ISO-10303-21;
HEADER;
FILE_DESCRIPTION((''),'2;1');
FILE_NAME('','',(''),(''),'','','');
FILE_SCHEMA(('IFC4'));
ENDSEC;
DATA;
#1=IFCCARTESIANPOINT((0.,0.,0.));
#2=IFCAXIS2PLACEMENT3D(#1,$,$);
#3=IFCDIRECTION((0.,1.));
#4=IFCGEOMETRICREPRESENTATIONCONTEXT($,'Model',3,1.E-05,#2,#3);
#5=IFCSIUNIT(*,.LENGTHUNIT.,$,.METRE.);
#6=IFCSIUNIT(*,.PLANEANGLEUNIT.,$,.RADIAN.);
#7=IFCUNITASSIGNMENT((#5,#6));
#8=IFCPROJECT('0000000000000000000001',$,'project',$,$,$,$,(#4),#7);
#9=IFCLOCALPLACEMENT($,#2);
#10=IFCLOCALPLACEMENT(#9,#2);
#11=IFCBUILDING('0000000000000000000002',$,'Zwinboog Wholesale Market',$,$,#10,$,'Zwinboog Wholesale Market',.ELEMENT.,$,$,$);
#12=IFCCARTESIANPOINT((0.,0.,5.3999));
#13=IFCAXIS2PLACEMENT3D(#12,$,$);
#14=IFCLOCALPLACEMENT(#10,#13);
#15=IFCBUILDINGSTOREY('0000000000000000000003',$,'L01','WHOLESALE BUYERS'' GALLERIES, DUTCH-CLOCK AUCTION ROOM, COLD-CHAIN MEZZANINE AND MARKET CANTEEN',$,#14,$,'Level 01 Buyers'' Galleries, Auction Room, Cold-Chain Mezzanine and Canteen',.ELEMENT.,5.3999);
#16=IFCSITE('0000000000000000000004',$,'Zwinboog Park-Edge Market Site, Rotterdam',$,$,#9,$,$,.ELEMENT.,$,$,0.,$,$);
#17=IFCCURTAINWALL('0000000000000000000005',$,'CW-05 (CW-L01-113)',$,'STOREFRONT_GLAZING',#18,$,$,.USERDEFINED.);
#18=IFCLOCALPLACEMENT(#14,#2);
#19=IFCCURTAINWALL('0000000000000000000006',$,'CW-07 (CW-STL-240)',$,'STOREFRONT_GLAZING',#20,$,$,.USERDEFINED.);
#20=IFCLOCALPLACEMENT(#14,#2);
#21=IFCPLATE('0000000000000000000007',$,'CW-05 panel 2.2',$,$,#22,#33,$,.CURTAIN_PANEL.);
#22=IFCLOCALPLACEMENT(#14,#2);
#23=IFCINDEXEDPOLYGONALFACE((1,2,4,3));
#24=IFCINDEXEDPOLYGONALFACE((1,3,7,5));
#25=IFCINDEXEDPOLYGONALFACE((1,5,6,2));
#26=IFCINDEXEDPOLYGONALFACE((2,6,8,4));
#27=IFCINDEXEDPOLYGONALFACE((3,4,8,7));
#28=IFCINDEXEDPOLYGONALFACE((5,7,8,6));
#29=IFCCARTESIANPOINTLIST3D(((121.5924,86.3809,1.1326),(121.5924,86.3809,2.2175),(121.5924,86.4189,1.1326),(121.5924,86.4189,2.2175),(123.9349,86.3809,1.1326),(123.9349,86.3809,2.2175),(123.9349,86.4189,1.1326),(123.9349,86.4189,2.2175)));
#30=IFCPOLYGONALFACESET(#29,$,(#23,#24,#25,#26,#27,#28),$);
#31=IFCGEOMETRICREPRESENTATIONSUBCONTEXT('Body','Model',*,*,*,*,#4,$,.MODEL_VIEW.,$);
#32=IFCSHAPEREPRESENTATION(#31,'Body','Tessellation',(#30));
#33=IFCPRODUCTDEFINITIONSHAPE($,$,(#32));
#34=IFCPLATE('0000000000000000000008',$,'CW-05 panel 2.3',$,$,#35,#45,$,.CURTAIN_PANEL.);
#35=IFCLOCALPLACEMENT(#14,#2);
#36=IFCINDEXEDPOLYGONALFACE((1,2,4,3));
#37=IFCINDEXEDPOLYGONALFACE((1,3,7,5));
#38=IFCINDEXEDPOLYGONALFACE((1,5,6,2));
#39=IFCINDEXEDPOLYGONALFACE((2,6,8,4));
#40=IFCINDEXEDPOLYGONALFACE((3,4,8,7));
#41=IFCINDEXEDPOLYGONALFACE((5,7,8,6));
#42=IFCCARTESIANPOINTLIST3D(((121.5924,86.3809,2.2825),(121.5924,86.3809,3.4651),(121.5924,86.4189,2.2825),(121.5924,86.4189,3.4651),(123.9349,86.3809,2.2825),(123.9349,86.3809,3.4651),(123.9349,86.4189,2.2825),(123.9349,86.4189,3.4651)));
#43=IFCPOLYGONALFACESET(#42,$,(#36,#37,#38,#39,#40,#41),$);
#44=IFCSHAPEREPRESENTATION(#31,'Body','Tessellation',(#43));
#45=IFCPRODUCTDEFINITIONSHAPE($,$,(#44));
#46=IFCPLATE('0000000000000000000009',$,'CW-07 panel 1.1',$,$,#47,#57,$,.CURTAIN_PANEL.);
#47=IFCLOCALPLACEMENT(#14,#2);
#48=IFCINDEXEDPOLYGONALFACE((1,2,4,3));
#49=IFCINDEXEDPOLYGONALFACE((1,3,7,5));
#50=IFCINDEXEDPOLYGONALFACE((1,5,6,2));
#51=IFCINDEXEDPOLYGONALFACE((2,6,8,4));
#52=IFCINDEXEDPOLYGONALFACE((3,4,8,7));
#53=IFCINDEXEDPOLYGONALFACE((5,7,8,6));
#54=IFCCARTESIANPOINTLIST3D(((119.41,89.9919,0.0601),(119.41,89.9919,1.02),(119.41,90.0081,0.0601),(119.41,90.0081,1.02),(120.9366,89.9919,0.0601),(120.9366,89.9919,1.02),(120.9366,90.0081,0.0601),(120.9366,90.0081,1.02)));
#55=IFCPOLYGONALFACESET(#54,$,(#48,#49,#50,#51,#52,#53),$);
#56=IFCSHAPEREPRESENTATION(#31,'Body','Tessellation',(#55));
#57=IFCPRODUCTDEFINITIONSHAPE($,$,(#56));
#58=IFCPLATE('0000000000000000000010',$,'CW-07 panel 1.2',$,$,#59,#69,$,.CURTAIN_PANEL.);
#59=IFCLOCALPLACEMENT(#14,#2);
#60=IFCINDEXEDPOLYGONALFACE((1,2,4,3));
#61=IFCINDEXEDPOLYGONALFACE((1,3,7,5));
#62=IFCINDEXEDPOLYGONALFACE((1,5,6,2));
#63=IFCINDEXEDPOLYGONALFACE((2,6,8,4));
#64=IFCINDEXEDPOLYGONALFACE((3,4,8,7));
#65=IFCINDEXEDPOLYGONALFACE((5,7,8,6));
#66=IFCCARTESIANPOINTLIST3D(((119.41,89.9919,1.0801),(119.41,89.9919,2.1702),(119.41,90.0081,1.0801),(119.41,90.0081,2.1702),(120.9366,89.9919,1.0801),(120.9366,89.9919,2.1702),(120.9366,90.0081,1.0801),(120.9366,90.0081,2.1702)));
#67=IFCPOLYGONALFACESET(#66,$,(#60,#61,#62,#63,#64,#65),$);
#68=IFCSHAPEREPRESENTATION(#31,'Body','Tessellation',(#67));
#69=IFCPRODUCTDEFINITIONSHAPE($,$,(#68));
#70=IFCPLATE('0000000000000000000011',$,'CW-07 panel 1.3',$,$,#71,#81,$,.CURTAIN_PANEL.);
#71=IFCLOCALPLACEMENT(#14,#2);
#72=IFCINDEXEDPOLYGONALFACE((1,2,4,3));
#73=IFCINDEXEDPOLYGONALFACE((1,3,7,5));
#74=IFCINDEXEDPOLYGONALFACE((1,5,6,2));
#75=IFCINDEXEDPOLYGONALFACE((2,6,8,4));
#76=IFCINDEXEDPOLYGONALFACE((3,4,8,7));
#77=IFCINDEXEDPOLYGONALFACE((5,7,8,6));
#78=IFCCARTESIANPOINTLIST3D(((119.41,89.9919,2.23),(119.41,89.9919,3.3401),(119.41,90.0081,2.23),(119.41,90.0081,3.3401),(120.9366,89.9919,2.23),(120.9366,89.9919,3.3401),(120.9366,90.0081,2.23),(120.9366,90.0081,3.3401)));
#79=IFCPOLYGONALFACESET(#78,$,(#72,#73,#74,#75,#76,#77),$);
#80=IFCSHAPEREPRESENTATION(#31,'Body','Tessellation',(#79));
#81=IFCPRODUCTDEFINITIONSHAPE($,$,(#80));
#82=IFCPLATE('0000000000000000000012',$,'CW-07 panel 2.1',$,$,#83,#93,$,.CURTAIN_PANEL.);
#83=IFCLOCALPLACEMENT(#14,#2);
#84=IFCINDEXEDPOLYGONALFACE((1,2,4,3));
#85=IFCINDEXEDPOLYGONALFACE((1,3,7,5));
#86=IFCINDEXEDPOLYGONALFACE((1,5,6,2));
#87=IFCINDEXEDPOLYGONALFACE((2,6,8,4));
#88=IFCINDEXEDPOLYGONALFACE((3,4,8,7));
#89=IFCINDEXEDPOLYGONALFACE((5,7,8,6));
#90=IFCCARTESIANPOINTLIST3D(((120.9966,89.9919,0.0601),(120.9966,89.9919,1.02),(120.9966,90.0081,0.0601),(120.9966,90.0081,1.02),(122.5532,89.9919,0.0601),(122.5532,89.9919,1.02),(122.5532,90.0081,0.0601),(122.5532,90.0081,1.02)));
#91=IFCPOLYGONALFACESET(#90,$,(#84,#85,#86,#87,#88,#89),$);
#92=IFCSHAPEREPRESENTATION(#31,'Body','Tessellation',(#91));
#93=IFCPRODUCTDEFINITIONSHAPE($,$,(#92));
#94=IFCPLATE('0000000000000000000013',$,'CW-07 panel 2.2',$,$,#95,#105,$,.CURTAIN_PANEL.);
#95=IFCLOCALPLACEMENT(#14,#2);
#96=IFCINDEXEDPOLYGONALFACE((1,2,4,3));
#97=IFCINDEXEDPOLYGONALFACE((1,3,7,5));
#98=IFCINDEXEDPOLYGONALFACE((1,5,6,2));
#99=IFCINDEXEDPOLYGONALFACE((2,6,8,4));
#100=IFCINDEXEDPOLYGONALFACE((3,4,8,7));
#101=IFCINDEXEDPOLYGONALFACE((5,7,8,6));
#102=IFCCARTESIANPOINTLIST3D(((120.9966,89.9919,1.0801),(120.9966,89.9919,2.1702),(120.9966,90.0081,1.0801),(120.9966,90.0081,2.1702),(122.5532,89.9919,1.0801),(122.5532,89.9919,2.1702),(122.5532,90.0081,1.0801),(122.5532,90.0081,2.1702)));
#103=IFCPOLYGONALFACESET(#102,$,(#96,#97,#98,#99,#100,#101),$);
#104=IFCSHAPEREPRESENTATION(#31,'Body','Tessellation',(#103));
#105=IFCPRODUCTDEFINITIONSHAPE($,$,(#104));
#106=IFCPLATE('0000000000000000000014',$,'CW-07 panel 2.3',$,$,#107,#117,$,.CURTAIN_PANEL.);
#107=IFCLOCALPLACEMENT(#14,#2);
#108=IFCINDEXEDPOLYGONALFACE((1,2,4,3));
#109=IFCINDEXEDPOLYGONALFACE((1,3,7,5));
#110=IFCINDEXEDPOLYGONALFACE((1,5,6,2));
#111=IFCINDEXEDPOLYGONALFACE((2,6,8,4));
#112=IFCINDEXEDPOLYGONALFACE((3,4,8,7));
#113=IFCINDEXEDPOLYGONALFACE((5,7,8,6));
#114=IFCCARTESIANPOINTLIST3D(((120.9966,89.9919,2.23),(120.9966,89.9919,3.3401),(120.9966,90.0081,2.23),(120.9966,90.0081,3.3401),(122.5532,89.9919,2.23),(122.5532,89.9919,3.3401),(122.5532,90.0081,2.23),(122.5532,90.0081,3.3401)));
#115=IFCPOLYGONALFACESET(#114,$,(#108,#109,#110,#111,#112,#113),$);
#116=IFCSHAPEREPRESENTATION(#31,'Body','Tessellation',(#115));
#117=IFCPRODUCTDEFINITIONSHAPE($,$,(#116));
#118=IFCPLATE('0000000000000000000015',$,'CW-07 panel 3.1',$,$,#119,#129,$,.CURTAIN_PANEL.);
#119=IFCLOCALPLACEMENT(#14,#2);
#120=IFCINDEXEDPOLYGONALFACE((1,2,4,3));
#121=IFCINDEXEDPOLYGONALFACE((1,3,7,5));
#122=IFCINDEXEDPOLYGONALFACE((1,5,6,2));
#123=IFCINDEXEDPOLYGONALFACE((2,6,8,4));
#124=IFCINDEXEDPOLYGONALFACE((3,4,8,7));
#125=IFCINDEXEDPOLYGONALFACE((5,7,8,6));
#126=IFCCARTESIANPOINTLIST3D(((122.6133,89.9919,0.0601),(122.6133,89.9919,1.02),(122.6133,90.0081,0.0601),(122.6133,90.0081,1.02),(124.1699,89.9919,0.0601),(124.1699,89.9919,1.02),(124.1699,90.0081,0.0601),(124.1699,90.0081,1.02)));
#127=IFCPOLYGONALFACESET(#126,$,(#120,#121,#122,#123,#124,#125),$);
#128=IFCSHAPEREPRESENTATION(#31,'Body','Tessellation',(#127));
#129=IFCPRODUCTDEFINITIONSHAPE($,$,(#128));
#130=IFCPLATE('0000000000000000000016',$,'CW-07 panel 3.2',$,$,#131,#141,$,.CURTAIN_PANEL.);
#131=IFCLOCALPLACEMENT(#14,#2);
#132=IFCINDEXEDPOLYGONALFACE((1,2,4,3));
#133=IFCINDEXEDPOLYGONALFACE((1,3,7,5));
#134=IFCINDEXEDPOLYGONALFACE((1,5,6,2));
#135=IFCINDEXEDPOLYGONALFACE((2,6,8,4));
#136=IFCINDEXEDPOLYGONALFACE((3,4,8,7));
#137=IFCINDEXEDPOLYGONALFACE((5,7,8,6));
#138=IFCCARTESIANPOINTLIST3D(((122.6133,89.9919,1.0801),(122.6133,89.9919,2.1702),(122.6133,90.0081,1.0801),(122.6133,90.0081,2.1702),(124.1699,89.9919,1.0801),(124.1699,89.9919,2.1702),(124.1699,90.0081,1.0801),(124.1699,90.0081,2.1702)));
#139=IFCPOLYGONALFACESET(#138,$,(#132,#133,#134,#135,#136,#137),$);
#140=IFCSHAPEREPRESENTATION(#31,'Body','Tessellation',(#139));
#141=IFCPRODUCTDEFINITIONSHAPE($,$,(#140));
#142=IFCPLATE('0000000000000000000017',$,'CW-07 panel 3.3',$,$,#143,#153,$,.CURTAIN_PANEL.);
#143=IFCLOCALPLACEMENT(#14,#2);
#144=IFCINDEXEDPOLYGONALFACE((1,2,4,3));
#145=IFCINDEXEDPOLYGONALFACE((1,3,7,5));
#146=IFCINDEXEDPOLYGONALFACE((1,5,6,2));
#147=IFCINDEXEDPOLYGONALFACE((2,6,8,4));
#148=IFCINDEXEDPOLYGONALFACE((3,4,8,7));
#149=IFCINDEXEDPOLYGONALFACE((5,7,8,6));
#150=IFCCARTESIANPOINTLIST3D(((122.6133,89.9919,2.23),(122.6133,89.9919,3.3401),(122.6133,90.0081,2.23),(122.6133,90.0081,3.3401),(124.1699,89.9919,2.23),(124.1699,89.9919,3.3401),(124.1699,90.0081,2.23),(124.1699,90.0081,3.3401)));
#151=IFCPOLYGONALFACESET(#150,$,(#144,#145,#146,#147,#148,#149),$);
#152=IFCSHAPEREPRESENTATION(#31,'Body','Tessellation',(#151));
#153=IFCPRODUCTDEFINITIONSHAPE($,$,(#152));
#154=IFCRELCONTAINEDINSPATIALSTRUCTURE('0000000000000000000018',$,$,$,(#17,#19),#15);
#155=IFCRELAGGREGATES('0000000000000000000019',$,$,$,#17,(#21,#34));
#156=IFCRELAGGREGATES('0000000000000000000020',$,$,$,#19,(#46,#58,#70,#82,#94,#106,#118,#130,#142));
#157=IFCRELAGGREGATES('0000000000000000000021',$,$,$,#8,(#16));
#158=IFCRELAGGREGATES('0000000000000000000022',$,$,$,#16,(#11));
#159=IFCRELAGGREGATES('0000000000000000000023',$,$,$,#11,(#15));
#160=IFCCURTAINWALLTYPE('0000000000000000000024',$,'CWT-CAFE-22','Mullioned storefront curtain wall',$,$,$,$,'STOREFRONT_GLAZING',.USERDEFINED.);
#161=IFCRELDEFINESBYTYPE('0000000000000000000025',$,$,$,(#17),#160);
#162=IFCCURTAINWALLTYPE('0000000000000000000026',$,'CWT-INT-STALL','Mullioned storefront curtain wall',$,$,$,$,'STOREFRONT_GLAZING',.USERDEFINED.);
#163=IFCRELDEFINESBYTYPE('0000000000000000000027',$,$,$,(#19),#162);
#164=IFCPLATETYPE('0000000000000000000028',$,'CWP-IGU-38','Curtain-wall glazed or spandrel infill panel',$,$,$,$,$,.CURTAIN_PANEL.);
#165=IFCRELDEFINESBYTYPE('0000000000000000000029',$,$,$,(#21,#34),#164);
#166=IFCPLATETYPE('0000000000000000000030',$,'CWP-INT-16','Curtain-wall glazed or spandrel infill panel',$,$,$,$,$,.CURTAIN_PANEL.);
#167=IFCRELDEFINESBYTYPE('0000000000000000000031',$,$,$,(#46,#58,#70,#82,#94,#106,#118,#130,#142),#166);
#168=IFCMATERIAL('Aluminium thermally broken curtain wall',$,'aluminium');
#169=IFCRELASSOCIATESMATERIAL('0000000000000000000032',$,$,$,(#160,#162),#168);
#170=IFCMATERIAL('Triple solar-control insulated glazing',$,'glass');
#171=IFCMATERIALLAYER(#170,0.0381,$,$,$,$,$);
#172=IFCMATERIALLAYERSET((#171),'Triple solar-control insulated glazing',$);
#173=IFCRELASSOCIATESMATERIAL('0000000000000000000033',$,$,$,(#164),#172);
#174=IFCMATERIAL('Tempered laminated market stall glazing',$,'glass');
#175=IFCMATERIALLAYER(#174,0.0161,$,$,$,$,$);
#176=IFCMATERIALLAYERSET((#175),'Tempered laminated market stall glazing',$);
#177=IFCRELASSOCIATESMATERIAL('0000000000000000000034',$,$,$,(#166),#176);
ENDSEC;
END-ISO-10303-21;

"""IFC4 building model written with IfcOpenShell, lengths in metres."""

from ifc_helpers import new_model, si_unit, direction, frame, origin, origin_2d, place, context, subcontext, project, spatial, rectangle, extrude, material, layer, layer_set, type_object, element, aggregate, save


model = new_model("IFC4")

# Units and contexts
model_context = context("Model", 3, precision=1e-05, world=origin(), true_north=direction((0.0, 1.0)))
body_context = subcontext(model_context, "Body", "Model", "MODEL_VIEW")
ifc_project = project(units=[si_unit("LENGTHUNIT", "METRE"), si_unit("PLANEANGLEUNIT", "RADIAN")], contexts=[model_context])

# Site, building, storey
site_placement = place(None, origin())
site = spatial("IfcSite", under=ifc_project, at=site_placement, Name="Zwinboog Park-Edge Market Site, Rotterdam", CompositionType="ELEMENT", RefElevation=0.0)
building_placement = place(site_placement, origin())
building = spatial("IfcBuilding", under=site, at=building_placement, Name="Zwinboog Wholesale Market", LongName="Zwinboog Wholesale Market", CompositionType="ELEMENT")
storey_placement = place(building_placement, frame((0.0, 0.0, 5.3999)))
storey = spatial("IfcBuildingStorey", under=building, at=storey_placement, Name="L01", Description="WHOLESALE BUYERS' GALLERIES, DUTCH-CLOCK AUCTION ROOM, COLD-CHAIN MEZZANINE AND MARKET CANTEEN", LongName="Level 01 Buyers' Galleries, Auction Room, Cold-Chain Mezzanine and Canteen", CompositionType="ELEMENT", Elevation=5.3999)

# Curtain walls
ifc_material_1 = material(Name="Aluminium thermally broken curtain wall", Category="aluminium")
curtain_wall_type_1 = type_object("IfcCurtainWallType", Name="CWT-CAFE-22", Description="Mullioned storefront curtain wall", ElementType="STOREFRONT_GLAZING", PredefinedType="USERDEFINED", material=ifc_material_1)
curtain_wall_1_placement = place(storey_placement, origin())
curtain_wall_1 = element("IfcCurtainWall", 1, at=curtain_wall_1_placement, inside=storey, type_object=curtain_wall_type_1, Name="CW-05 (CW-L01-113)", ObjectType="STOREFRONT_GLAZING", PredefinedType="USERDEFINED")
curtain_wall_type_2 = type_object("IfcCurtainWallType", Name="CWT-INT-STALL", Description="Mullioned storefront curtain wall", ElementType="STOREFRONT_GLAZING", PredefinedType="USERDEFINED", material=ifc_material_1)
curtain_wall_2_placement = place(storey_placement, origin())
curtain_wall_2 = element("IfcCurtainWall", 2, at=curtain_wall_2_placement, inside=storey, type_object=curtain_wall_type_2, Name="CW-07 (CW-STL-240)", ObjectType="STOREFRONT_GLAZING", PredefinedType="USERDEFINED")

# Plates
ifc_material_2 = material(Name="Triple solar-control insulated glazing", Category="glass")
ifc_layer_1 = layer(ifc_material_2, 0.0381)
ifc_layer_set_1 = layer_set([ifc_layer_1], Name="Triple solar-control insulated glazing")
plate_type_1 = type_object("IfcPlateType", Name="CWP-IGU-38", Description="Curtain-wall glazed or spandrel infill panel", PredefinedType="CURTAIN_PANEL", material=ifc_layer_set_1)
plate_1_placement = place(storey_placement, frame((122.7637, 86.3999, 1.1326), z_axis=(0.0, 0.0, 1.0), x_axis=(1.0, 0.0, 0.0)))
plate_1 = element("IfcPlate", 3, at=plate_1_placement, type_object=plate_type_1, Name="CW-05 panel 2.2", PredefinedType="CURTAIN_PANEL", context=body_context, shape_type="SweptSolid", body=[
    extrude(rectangle(XDim=2.3425, YDim=0.0381, at=origin_2d()), origin(), (0.0, 0.0, 1.0), 1.085),
])
plate_2_placement = place(storey_placement, frame((122.7637, 86.3999, 2.2825), z_axis=(0.0, 0.0, 1.0), x_axis=(1.0, 0.0, 0.0)))
plate_2 = element("IfcPlate", 4, at=plate_2_placement, type_object=plate_type_1, Name="CW-05 panel 2.3", PredefinedType="CURTAIN_PANEL", context=body_context, shape_type="SweptSolid", body=[
    extrude(rectangle(XDim=2.3425, YDim=0.0381, at=origin_2d()), origin(), (0.0, 0.0, 1.0), 1.1826),
])
aggregate(curtain_wall_1, [plate_1, plate_2])
ifc_material_3 = material(Name="Tempered laminated market stall glazing", Category="glass")
ifc_layer_2 = layer(ifc_material_3, 0.0161)
ifc_layer_set_2 = layer_set([ifc_layer_2], Name="Tempered laminated market stall glazing")
plate_type_2 = type_object("IfcPlateType", Name="CWP-INT-16", Description="Curtain-wall glazed or spandrel infill panel", PredefinedType="CURTAIN_PANEL", material=ifc_layer_set_2)
plate_3_placement = place(storey_placement, frame((120.1733, 90.0, 0.0601), z_axis=(0.0, 0.0, 1.0), x_axis=(1.0, 0.0, 0.0)))
plate_3 = element("IfcPlate", 5, at=plate_3_placement, type_object=plate_type_2, Name="CW-07 panel 1.1", PredefinedType="CURTAIN_PANEL", context=body_context, shape_type="SweptSolid", body=[
    extrude(rectangle(XDim=1.5266, YDim=0.0161, at=origin_2d()), origin(), (0.0, 0.0, 1.0), 0.96),
])
plate_4_placement = place(storey_placement, frame((120.1733, 90.0, 1.0801), z_axis=(0.0, 0.0, 1.0), x_axis=(1.0, 0.0, 0.0)))
plate_4 = element("IfcPlate", 6, at=plate_4_placement, type_object=plate_type_2, Name="CW-07 panel 1.2", PredefinedType="CURTAIN_PANEL", context=body_context, shape_type="SweptSolid", body=[
    extrude(rectangle(XDim=1.5266, YDim=0.0161, at=origin_2d()), origin(), (0.0, 0.0, 1.0), 1.0901),
])
plate_5_placement = place(storey_placement, frame((120.1733, 90.0, 2.23), z_axis=(0.0, 0.0, 1.0), x_axis=(1.0, 0.0, 0.0)))
plate_5 = element("IfcPlate", 7, at=plate_5_placement, type_object=plate_type_2, Name="CW-07 panel 1.3", PredefinedType="CURTAIN_PANEL", context=body_context, shape_type="SweptSolid", body=[
    extrude(rectangle(XDim=1.5266, YDim=0.0161, at=origin_2d()), origin(), (0.0, 0.0, 1.0), 1.1101),
])
plate_6_placement = place(storey_placement, frame((121.7749, 90.0, 0.0601), z_axis=(0.0, 0.0, 1.0), x_axis=(1.0, 0.0, 0.0)))
plate_6 = element("IfcPlate", 8, at=plate_6_placement, type_object=plate_type_2, Name="CW-07 panel 2.1", PredefinedType="CURTAIN_PANEL", context=body_context, shape_type="SweptSolid", body=[
    extrude(rectangle(XDim=1.5566, YDim=0.0161, at=origin_2d()), origin(), (0.0, 0.0, 1.0), 0.96),
])
plate_7_placement = place(storey_placement, frame((121.7749, 90.0, 1.0801), z_axis=(0.0, 0.0, 1.0), x_axis=(1.0, 0.0, 0.0)))
plate_7 = element("IfcPlate", 9, at=plate_7_placement, type_object=plate_type_2, Name="CW-07 panel 2.2", PredefinedType="CURTAIN_PANEL", context=body_context, shape_type="SweptSolid", body=[
    extrude(rectangle(XDim=1.5566, YDim=0.0161, at=origin_2d()), origin(), (0.0, 0.0, 1.0), 1.0901),
])
plate_8_placement = place(storey_placement, frame((121.7749, 90.0, 2.23), z_axis=(0.0, 0.0, 1.0), x_axis=(1.0, 0.0, 0.0)))
plate_8 = element("IfcPlate", 10, at=plate_8_placement, type_object=plate_type_2, Name="CW-07 panel 2.3", PredefinedType="CURTAIN_PANEL", context=body_context, shape_type="SweptSolid", body=[
    extrude(rectangle(XDim=1.5566, YDim=0.0161, at=origin_2d()), origin(), (0.0, 0.0, 1.0), 1.1101),
])
plate_9_placement = place(storey_placement, frame((123.3916, 90.0, 0.0601), z_axis=(0.0, 0.0, 1.0), x_axis=(1.0, 0.0, 0.0)))
plate_9 = element("IfcPlate", 11, at=plate_9_placement, type_object=plate_type_2, Name="CW-07 panel 3.1", PredefinedType="CURTAIN_PANEL", context=body_context, shape_type="SweptSolid", body=[
    extrude(rectangle(XDim=1.5566, YDim=0.0161, at=origin_2d()), origin(), (0.0, 0.0, 1.0), 0.96),
])
plate_10_placement = place(storey_placement, frame((123.3916, 90.0, 1.0801), z_axis=(0.0, 0.0, 1.0), x_axis=(1.0, 0.0, 0.0)))
plate_10 = element("IfcPlate", 12, at=plate_10_placement, type_object=plate_type_2, Name="CW-07 panel 3.2", PredefinedType="CURTAIN_PANEL", context=body_context, shape_type="SweptSolid", body=[
    extrude(rectangle(XDim=1.5566, YDim=0.0161, at=origin_2d()), origin(), (0.0, 0.0, 1.0), 1.0901),
])
plate_11_placement = place(storey_placement, frame((123.3916, 90.0, 2.23), z_axis=(0.0, 0.0, 1.0), x_axis=(1.0, 0.0, 0.0)))
plate_11 = element("IfcPlate", 13, at=plate_11_placement, type_object=plate_type_2, Name="CW-07 panel 3.3", PredefinedType="CURTAIN_PANEL", context=body_context, shape_type="SweptSolid", body=[
    extrude(rectangle(XDim=1.5566, YDim=0.0161, at=origin_2d()), origin(), (0.0, 0.0, 1.0), 1.1101),
])
aggregate(curtain_wall_2, [plate_3, plate_4, plate_5, plate_6, plate_7, plate_8, plate_9, plate_10, plate_11])

save(model, "model.ifc")
